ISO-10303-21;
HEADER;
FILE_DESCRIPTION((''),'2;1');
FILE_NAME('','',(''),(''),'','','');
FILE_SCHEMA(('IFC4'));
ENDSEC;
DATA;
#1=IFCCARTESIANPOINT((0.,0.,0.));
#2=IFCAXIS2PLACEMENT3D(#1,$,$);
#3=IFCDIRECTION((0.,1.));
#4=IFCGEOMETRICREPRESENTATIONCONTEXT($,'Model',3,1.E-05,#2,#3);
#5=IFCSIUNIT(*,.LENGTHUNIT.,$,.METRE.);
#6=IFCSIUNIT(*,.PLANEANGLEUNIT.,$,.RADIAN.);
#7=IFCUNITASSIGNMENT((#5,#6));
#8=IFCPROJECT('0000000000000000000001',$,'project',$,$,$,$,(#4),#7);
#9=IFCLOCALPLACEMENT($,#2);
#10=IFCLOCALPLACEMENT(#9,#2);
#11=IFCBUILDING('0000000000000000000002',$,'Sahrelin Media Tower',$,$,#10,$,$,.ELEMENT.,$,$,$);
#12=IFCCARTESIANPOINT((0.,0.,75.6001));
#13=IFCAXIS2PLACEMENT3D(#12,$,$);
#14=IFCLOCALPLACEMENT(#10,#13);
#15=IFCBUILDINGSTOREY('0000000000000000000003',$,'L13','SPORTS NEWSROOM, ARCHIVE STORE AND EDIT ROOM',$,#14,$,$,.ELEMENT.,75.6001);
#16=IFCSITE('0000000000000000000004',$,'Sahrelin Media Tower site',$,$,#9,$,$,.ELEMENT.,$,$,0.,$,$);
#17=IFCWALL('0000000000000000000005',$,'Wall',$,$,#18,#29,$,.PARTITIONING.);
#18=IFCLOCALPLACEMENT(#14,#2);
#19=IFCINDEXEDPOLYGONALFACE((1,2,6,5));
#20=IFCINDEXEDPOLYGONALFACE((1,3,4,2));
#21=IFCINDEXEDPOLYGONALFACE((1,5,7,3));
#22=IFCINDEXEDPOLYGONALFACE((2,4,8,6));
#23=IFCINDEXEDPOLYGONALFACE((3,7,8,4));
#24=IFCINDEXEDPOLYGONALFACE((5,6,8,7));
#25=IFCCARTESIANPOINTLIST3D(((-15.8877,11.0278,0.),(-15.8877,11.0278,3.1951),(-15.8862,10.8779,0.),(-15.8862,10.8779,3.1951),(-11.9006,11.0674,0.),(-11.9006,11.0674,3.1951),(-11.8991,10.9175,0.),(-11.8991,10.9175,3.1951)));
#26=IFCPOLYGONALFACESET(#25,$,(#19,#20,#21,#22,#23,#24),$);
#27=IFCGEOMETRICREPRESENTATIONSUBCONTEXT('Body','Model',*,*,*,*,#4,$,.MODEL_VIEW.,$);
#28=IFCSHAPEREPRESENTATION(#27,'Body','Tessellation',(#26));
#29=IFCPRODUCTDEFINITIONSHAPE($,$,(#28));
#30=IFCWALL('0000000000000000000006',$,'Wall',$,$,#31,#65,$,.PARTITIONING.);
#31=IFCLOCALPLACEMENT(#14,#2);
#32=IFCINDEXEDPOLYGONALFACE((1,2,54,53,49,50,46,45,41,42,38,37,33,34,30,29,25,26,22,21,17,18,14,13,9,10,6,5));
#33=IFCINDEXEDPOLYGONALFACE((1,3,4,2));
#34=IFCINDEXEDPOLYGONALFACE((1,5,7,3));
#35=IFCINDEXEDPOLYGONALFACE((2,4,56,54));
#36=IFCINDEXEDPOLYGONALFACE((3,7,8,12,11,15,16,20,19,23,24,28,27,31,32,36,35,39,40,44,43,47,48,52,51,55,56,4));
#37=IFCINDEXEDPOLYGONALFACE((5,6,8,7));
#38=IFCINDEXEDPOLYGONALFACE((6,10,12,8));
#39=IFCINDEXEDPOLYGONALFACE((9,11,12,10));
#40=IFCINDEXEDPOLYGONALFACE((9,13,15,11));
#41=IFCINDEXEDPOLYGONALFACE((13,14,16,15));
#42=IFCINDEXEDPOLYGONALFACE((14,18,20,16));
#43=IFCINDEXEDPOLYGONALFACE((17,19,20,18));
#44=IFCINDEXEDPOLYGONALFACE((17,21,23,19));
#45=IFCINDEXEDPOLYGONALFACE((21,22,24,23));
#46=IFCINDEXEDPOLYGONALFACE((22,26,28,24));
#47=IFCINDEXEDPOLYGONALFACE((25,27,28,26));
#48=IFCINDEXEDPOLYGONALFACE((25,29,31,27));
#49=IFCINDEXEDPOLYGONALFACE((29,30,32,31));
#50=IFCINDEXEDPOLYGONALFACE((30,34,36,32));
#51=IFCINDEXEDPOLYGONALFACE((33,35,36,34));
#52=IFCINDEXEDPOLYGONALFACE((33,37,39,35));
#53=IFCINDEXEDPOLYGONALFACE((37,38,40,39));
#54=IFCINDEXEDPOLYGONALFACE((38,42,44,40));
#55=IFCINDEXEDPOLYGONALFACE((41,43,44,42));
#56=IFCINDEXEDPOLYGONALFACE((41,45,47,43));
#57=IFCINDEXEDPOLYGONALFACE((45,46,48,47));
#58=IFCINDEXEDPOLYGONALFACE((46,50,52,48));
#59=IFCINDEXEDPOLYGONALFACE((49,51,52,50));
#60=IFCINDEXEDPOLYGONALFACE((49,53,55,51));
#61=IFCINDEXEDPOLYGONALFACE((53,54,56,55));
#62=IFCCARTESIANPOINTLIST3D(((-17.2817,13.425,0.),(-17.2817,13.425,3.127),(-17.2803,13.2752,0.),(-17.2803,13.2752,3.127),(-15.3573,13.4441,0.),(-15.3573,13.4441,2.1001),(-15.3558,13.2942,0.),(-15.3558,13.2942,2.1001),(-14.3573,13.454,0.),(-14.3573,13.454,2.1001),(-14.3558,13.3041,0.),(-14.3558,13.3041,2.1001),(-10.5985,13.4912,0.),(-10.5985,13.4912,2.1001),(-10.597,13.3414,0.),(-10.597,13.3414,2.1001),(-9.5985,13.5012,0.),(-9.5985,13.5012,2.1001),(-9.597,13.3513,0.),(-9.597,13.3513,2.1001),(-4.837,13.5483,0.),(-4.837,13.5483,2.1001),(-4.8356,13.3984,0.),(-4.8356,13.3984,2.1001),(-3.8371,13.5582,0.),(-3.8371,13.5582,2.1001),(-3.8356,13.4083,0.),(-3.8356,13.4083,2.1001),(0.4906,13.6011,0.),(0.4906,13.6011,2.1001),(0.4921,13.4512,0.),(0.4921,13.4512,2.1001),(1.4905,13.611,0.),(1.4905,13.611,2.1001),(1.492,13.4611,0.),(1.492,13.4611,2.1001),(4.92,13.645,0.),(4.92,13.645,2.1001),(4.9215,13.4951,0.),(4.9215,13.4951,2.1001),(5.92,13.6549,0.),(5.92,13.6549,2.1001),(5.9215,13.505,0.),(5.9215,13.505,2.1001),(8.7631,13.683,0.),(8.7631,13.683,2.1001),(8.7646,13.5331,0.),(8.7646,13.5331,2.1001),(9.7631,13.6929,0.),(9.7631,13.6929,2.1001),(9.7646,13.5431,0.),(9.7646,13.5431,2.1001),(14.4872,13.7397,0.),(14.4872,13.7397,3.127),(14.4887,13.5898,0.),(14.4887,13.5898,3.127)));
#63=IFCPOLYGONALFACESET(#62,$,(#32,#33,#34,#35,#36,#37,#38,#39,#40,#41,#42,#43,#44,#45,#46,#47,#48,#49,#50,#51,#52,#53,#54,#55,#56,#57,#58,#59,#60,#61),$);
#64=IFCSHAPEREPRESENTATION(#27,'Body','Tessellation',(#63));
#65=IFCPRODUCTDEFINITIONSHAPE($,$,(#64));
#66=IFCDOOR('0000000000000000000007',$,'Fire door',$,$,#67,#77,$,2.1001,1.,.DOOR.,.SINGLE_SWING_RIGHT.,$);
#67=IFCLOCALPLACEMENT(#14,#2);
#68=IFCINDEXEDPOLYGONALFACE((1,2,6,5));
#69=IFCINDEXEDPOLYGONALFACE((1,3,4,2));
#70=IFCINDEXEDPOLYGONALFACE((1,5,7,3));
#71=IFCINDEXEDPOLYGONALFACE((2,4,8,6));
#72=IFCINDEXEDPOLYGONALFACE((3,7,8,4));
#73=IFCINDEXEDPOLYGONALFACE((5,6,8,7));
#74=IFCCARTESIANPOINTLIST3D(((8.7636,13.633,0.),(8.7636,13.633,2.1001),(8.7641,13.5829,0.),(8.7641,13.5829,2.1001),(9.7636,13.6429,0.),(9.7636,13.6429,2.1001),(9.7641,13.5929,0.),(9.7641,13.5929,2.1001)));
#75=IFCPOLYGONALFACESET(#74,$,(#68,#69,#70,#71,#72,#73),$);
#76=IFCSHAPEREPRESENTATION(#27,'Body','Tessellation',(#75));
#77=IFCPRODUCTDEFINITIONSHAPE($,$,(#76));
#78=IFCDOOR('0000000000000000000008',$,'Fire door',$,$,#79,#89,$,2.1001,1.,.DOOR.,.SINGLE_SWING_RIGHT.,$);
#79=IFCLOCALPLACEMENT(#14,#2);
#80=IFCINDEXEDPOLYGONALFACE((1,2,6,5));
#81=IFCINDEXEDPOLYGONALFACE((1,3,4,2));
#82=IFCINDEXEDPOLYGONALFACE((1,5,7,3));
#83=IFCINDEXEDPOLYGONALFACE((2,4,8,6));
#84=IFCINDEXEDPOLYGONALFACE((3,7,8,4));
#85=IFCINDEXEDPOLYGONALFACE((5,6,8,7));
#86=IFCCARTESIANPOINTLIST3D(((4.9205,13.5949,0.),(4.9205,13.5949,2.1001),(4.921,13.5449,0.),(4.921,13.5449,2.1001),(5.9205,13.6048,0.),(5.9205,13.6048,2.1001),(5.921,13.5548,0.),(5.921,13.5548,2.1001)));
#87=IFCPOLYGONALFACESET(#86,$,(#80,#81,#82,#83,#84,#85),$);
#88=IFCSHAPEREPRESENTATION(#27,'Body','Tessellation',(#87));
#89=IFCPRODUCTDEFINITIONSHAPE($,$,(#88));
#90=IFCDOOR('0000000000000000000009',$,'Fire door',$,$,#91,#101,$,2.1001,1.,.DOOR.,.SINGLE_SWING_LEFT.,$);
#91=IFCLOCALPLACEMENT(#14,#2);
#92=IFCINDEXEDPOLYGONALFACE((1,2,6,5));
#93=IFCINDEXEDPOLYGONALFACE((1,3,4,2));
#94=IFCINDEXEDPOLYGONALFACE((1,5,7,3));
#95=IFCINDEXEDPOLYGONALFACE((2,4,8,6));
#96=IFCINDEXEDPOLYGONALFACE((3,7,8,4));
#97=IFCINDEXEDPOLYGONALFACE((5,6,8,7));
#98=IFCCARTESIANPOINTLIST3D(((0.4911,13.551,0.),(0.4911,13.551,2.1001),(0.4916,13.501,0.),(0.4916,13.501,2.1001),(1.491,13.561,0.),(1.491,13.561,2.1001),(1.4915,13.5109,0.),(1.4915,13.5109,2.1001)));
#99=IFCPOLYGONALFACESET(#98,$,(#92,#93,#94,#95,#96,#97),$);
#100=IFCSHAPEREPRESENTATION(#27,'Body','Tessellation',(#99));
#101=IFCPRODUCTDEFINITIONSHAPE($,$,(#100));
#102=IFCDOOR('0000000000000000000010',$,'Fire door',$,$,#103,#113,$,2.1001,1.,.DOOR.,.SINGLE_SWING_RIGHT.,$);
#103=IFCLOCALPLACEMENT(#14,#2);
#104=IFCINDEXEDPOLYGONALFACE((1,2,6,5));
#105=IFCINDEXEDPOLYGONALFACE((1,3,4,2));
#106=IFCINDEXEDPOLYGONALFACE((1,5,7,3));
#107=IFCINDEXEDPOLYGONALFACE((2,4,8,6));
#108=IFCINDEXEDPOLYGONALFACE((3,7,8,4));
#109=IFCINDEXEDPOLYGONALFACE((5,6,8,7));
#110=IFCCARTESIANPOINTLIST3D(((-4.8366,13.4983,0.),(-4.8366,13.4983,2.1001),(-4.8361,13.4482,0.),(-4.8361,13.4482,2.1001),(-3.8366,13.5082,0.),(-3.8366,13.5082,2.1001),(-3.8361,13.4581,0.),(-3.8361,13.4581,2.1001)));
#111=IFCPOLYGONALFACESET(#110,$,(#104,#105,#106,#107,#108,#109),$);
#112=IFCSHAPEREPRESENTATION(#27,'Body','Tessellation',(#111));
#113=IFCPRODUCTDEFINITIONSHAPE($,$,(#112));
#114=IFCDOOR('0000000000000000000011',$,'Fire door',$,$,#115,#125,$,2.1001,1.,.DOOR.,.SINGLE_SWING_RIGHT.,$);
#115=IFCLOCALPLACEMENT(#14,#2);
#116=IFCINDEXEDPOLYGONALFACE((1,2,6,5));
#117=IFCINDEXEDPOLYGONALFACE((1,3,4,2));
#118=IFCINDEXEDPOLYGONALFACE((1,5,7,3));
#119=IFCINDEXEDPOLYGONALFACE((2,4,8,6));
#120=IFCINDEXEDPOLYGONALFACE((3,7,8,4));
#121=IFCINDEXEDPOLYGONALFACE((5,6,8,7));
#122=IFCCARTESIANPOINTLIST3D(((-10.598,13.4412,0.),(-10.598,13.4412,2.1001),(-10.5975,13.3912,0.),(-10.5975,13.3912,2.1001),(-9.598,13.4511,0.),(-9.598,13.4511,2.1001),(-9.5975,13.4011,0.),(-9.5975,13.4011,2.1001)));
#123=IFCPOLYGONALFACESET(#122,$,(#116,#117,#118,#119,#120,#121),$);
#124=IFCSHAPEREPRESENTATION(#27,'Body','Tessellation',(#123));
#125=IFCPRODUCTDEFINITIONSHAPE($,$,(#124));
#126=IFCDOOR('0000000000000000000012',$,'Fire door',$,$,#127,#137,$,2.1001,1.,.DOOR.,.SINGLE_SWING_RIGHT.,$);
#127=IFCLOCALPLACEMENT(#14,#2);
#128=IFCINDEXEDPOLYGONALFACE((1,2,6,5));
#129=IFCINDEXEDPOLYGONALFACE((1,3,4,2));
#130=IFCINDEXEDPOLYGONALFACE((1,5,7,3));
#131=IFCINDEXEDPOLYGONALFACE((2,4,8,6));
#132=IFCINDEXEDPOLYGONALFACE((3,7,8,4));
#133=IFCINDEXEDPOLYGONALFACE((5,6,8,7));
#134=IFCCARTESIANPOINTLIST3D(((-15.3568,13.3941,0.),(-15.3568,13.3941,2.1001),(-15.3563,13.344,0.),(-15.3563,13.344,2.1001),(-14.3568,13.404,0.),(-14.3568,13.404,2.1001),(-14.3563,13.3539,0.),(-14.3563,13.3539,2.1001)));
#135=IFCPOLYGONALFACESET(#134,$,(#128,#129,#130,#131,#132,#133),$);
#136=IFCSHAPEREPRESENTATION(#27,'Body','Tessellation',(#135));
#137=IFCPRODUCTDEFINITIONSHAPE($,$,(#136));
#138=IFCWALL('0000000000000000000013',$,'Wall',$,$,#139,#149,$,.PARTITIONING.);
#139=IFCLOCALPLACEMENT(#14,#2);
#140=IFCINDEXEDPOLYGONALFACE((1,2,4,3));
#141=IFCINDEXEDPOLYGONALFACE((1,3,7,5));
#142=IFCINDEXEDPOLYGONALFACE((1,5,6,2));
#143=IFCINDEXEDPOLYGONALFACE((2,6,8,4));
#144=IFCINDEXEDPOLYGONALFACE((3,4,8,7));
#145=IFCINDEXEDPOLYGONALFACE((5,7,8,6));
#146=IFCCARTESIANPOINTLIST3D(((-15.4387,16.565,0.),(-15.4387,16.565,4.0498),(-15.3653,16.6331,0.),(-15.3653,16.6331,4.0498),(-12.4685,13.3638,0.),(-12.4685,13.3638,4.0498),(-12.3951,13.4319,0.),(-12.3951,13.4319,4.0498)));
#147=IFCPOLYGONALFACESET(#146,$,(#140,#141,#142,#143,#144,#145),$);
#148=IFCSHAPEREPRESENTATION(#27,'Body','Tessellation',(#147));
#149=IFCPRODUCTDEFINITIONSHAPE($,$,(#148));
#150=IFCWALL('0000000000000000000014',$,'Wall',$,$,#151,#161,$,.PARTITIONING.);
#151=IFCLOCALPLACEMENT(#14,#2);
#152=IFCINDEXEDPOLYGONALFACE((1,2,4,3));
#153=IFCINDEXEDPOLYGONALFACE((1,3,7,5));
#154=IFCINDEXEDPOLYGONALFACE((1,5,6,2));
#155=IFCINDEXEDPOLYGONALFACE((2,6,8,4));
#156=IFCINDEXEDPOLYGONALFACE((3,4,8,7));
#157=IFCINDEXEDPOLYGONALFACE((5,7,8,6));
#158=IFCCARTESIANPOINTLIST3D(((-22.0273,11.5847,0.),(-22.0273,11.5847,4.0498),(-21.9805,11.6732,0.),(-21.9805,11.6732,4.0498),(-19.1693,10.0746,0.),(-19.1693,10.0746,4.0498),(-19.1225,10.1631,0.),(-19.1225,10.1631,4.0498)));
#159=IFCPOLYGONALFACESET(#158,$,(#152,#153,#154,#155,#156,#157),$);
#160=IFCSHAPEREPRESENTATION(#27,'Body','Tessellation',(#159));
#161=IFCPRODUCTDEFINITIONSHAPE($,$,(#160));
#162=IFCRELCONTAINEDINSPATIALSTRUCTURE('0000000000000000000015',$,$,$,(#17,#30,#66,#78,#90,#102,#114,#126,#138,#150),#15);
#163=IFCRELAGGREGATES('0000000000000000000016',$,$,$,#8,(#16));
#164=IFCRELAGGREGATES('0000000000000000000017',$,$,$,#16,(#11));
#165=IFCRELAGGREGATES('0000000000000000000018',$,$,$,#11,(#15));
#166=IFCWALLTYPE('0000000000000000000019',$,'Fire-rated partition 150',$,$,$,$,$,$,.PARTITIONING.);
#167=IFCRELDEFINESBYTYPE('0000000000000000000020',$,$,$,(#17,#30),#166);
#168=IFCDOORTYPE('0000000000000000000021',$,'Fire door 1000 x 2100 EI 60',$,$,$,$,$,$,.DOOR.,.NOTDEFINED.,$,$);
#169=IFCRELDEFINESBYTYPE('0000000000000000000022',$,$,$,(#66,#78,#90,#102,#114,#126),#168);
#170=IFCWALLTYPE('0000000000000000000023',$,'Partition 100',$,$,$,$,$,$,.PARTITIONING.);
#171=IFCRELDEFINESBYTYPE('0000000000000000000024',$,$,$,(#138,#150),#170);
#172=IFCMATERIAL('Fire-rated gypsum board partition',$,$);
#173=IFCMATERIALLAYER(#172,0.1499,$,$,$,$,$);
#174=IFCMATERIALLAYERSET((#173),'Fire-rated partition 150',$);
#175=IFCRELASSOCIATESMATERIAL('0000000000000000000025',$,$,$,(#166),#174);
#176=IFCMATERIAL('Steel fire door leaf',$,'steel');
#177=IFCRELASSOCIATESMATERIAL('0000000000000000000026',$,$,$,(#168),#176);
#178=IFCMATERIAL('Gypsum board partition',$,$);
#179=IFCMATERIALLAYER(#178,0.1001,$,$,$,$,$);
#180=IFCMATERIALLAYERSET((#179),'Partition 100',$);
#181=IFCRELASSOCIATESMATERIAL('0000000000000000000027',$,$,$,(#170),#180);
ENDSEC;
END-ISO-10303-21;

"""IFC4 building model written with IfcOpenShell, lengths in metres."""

from ifc_helpers import new_model, si_unit, direction, frame, frame_2d, origin, place, context, subcontext, project, spatial, rectangle, extrude, material, layer, layer_set, type_object, element, fill, save


model = new_model("IFC4")

# Units and contexts
model_context = context("Model", 3, precision=1e-05, world=origin(), true_north=direction((0.0, 1.0)))
body_context = subcontext(model_context, "Body", "Model", "MODEL_VIEW")
ifc_project = project(units=[si_unit("LENGTHUNIT", "METRE"), si_unit("PLANEANGLEUNIT", "RADIAN")], contexts=[model_context])

# Site, building, storey
site_placement = place(None, origin())
site = spatial("IfcSite", under=ifc_project, at=site_placement, Name="Sahrelin Media Tower site", CompositionType="ELEMENT", RefElevation=0.0)
building_placement = place(site_placement, origin())
building = spatial("IfcBuilding", under=site, at=building_placement, Name="Sahrelin Media Tower", CompositionType="ELEMENT")
storey_placement = place(building_placement, frame((0.0, 0.0, 75.6001)))
storey = spatial("IfcBuildingStorey", under=building, at=storey_placement, Name="L13", Description="SPORTS NEWSROOM, ARCHIVE STORE AND EDIT ROOM", CompositionType="ELEMENT", Elevation=75.6001)

# Wall
ifc_material_1 = material(Name="Fire-rated gypsum board partition")
ifc_layer_1 = layer(ifc_material_1, 0.1499)
ifc_layer_set_1 = layer_set([ifc_layer_1], Name="Fire-rated partition 150")
wall_type_1 = type_object("IfcWallType", Name="Fire-rated partition 150", PredefinedType="PARTITIONING", material=ifc_layer_set_1)
wall_1_placement = place(storey_placement, frame((-15.887, 10.9529, 0.0), z_axis=(0.0, 0.0, 1.0), x_axis=(0.999951, 0.009919, 0.0)))
element("IfcWall", 1, at=wall_1_placement, inside=storey, type_object=wall_type_1, Name="Wall", PredefinedType="PARTITIONING", context=body_context, shape_type="SweptSolid", body=[
    extrude(rectangle(XDim=3.9873, YDim=0.1499, at=frame_2d((1.9937, 0.0))), origin(), (0.0, 0.0, 1.0), 3.1951),
])

# Wall, openings, doors
wall_2_placement = place(storey_placement, frame((-17.281, 13.3501, 0.0), z_axis=(0.0, 0.0, 1.0), x_axis=(0.999951, 0.009905, 0.0)))
wall_2 = element("IfcWall", 2, at=wall_2_placement, inside=storey, type_object=wall_type_1, Name="Wall", PredefinedType="PARTITIONING", context=body_context, shape_type="SweptSolid", body=[
    extrude(rectangle(XDim=31.7705, YDim=0.1499, at=frame_2d((15.8853, 0.0))), origin(), (0.0, 0.0, 1.0), 3.127),
])
opening_1_placement = place(wall_2_placement, frame((26.0461, 0.0, 0.0)))
opening_1 = element("IfcOpeningElement", 3, at=opening_1_placement, cuts=wall_2, PredefinedType="OPENING", context=body_context, shape_type="SweptSolid", body=[
    extrude(rectangle(XDim=1.0, YDim=2.1001, at=frame_2d((0.5, 1.05))), frame((0.0, 0.075, 0.0), z_axis=(0.0, -1.0, 0.0), x_axis=(1.0, 0.0, 0.0)), (0.0, 0.0, 1.0), 0.1499),
])
opening_2_placement = place(wall_2_placement, frame((22.2029, 0.0, 0.0)))
opening_2 = element("IfcOpeningElement", 4, at=opening_2_placement, cuts=wall_2, PredefinedType="OPENING", context=body_context, shape_type="SweptSolid", body=[
    extrude(rectangle(XDim=1.0, YDim=2.1001, at=frame_2d((0.5, 1.05))), frame((0.0, 0.075, 0.0), z_axis=(0.0, -1.0, 0.0), x_axis=(1.0, 0.0, 0.0)), (0.0, 0.0, 1.0), 0.1499),
])
opening_3_placement = place(wall_2_placement, frame((17.7732, 0.0, 0.0)))
opening_3 = element("IfcOpeningElement", 5, at=opening_3_placement, cuts=wall_2, PredefinedType="OPENING", context=body_context, shape_type="SweptSolid", body=[
    extrude(rectangle(XDim=1.0, YDim=2.1001, at=frame_2d((0.5, 1.05))), frame((0.0, 0.075, 0.0), z_axis=(0.0, -1.0, 0.0), x_axis=(1.0, 0.0, 0.0)), (0.0, 0.0, 1.0), 0.1499),
])
opening_4_placement = place(wall_2_placement, frame((12.4453, 0.0, 0.0)))
opening_4 = element("IfcOpeningElement", 6, at=opening_4_placement, cuts=wall_2, PredefinedType="OPENING", context=body_context, shape_type="SweptSolid", body=[
    extrude(rectangle(XDim=1.0, YDim=2.1001, at=frame_2d((0.5, 1.05))), frame((0.0, 0.075, 0.0), z_axis=(0.0, -1.0, 0.0), x_axis=(1.0, 0.0, 0.0)), (0.0, 0.0, 1.0), 0.1499),
])
opening_5_placement = place(wall_2_placement, frame((6.6836, 0.0, 0.0)))
opening_5 = element("IfcOpeningElement", 7, at=opening_5_placement, cuts=wall_2, PredefinedType="OPENING", context=body_context, shape_type="SweptSolid", body=[
    extrude(rectangle(XDim=1.0, YDim=2.1001, at=frame_2d((0.5, 1.05))), frame((0.0, 0.075, 0.0), z_axis=(0.0, -1.0, 0.0), x_axis=(1.0, 0.0, 0.0)), (0.0, 0.0, 1.0), 0.1499),
])
opening_6_placement = place(wall_2_placement, frame((1.9246, 0.0, 0.0)))
opening_6 = element("IfcOpeningElement", 8, at=opening_6_placement, cuts=wall_2, PredefinedType="OPENING", context=body_context, shape_type="SweptSolid", body=[
    extrude(rectangle(XDim=1.0, YDim=2.1001, at=frame_2d((0.5, 1.05))), frame((0.0, 0.075, 0.0), z_axis=(0.0, -1.0, 0.0), x_axis=(1.0, 0.0, 0.0)), (0.0, 0.0, 1.0), 0.1499),
])
ifc_material_2 = material(Name="Steel fire door leaf", Category="steel")
door_type_1 = type_object("IfcDoorType", Name="Fire door 1000 x 2100 EI 60", OperationType="NOTDEFINED", PredefinedType="DOOR", material=ifc_material_2)
door_1_placement = place(opening_1_placement, origin())
door_1 = element("IfcDoor", 9, at=door_1_placement, inside=storey, type_object=door_type_1, Name="Fire door", OperationType="SINGLE_SWING_RIGHT", OverallHeight=2.1001, OverallWidth=1.0, PredefinedType="DOOR", context=body_context, shape_type="SweptSolid", body=[
    extrude(rectangle(XDim=1.0, YDim=2.1001, at=frame_2d((0.5, 1.05))), frame((0.0, 0.0249, 0.0), z_axis=(0.0, -1.0, 0.0), x_axis=(1.0, 0.0, 0.0)), (0.0, 0.0, 1.0), 0.05),
])
fill(opening_1, door_1)
door_2_placement = place(opening_2_placement, origin())
door_2 = element("IfcDoor", 10, at=door_2_placement, inside=storey, type_object=door_type_1, Name="Fire door", OperationType="SINGLE_SWING_RIGHT", OverallHeight=2.1001, OverallWidth=1.0, PredefinedType="DOOR", context=body_context, shape_type="SweptSolid", body=[
    extrude(rectangle(XDim=1.0, YDim=2.1001, at=frame_2d((0.5, 1.05))), frame((0.0, 0.0249, 0.0), z_axis=(0.0, -1.0, 0.0), x_axis=(1.0, 0.0, 0.0)), (0.0, 0.0, 1.0), 0.05),
])
fill(opening_2, door_2)
door_3_placement = place(opening_3_placement, origin())
door_3 = element("IfcDoor", 11, at=door_3_placement, inside=storey, type_object=door_type_1, Name="Fire door", OperationType="SINGLE_SWING_LEFT", OverallHeight=2.1001, OverallWidth=1.0, PredefinedType="DOOR", context=body_context, shape_type="SweptSolid", body=[
    extrude(rectangle(XDim=1.0, YDim=2.1001, at=frame_2d((0.5, 1.05))), frame((0.0, 0.0249, 0.0), z_axis=(0.0, -1.0, 0.0), x_axis=(1.0, 0.0, 0.0)), (0.0, 0.0, 1.0), 0.05),
])
fill(opening_3, door_3)
door_4_placement = place(opening_4_placement, origin())
door_4 = element("IfcDoor", 12, at=door_4_placement, inside=storey, type_object=door_type_1, Name="Fire door", OperationType="SINGLE_SWING_RIGHT", OverallHeight=2.1001, OverallWidth=1.0, PredefinedType="DOOR", context=body_context, shape_type="SweptSolid", body=[
    extrude(rectangle(XDim=1.0, YDim=2.1001, at=frame_2d((0.5, 1.05))), frame((0.0, 0.0249, 0.0), z_axis=(0.0, -1.0, 0.0), x_axis=(1.0, 0.0, 0.0)), (0.0, 0.0, 1.0), 0.05),
])
fill(opening_4, door_4)
door_5_placement = place(opening_5_placement, origin())
door_5 = element("IfcDoor", 13, at=door_5_placement, inside=storey, type_object=door_type_1, Name="Fire door", OperationType="SINGLE_SWING_RIGHT", OverallHeight=2.1001, OverallWidth=1.0, PredefinedType="DOOR", context=body_context, shape_type="SweptSolid", body=[
    extrude(rectangle(XDim=1.0, YDim=2.1001, at=frame_2d((0.5, 1.05))), frame((0.0, 0.0249, 0.0), z_axis=(0.0, -1.0, 0.0), x_axis=(1.0, 0.0, 0.0)), (0.0, 0.0, 1.0), 0.05),
])
fill(opening_5, door_5)
door_6_placement = place(opening_6_placement, origin())
door_6 = element("IfcDoor", 14, at=door_6_placement, inside=storey, type_object=door_type_1, Name="Fire door", OperationType="SINGLE_SWING_RIGHT", OverallHeight=2.1001, OverallWidth=1.0, PredefinedType="DOOR", context=body_context, shape_type="SweptSolid", body=[
    extrude(rectangle(XDim=1.0, YDim=2.1001, at=frame_2d((0.5, 1.05))), frame((0.0, 0.0249, 0.0), z_axis=(0.0, -1.0, 0.0), x_axis=(1.0, 0.0, 0.0)), (0.0, 0.0, 1.0), 0.05),
])
fill(opening_6, door_6)

# Walls
ifc_material_3 = material(Name="Gypsum board partition")
ifc_layer_2 = layer(ifc_material_3, 0.1001)
ifc_layer_set_2 = layer_set([ifc_layer_2], Name="Partition 100")
wall_type_2 = type_object("IfcWallType", Name="Partition 100", PredefinedType="PARTITIONING", material=ifc_layer_set_2)
wall_3_placement = place(storey_placement, frame((-15.4021, 16.5991, 0.0), z_axis=(0.0, 0.0, 1.0), x_axis=(0.680168, -0.733056, 0.0)))
element("IfcWall", 15, at=wall_3_placement, inside=storey, type_object=wall_type_2, Name="Wall", PredefinedType="PARTITIONING", context=body_context, shape_type="SweptSolid", body=[
    extrude(rectangle(XDim=4.3669, YDim=0.1001, at=frame_2d((2.1836, 0.0))), origin(), (0.0, 0.0, 1.0), 4.0498),
])
wall_4_placement = place(storey_placement, frame((-22.0039, 11.6289, 0.0), z_axis=(0.0, 0.0, 1.0), x_axis=(0.884172, -0.467162, 0.0)))
element("IfcWall", 16, at=wall_4_placement, inside=storey, type_object=wall_type_2, Name="Wall", PredefinedType="PARTITIONING", context=body_context, shape_type="SweptSolid", body=[
    extrude(rectangle(XDim=3.2324, YDim=0.1001, at=frame_2d((1.6162, 0.0))), origin(), (0.0, 0.0, 1.0), 4.0498),
])

save(model, "model.ifc")
